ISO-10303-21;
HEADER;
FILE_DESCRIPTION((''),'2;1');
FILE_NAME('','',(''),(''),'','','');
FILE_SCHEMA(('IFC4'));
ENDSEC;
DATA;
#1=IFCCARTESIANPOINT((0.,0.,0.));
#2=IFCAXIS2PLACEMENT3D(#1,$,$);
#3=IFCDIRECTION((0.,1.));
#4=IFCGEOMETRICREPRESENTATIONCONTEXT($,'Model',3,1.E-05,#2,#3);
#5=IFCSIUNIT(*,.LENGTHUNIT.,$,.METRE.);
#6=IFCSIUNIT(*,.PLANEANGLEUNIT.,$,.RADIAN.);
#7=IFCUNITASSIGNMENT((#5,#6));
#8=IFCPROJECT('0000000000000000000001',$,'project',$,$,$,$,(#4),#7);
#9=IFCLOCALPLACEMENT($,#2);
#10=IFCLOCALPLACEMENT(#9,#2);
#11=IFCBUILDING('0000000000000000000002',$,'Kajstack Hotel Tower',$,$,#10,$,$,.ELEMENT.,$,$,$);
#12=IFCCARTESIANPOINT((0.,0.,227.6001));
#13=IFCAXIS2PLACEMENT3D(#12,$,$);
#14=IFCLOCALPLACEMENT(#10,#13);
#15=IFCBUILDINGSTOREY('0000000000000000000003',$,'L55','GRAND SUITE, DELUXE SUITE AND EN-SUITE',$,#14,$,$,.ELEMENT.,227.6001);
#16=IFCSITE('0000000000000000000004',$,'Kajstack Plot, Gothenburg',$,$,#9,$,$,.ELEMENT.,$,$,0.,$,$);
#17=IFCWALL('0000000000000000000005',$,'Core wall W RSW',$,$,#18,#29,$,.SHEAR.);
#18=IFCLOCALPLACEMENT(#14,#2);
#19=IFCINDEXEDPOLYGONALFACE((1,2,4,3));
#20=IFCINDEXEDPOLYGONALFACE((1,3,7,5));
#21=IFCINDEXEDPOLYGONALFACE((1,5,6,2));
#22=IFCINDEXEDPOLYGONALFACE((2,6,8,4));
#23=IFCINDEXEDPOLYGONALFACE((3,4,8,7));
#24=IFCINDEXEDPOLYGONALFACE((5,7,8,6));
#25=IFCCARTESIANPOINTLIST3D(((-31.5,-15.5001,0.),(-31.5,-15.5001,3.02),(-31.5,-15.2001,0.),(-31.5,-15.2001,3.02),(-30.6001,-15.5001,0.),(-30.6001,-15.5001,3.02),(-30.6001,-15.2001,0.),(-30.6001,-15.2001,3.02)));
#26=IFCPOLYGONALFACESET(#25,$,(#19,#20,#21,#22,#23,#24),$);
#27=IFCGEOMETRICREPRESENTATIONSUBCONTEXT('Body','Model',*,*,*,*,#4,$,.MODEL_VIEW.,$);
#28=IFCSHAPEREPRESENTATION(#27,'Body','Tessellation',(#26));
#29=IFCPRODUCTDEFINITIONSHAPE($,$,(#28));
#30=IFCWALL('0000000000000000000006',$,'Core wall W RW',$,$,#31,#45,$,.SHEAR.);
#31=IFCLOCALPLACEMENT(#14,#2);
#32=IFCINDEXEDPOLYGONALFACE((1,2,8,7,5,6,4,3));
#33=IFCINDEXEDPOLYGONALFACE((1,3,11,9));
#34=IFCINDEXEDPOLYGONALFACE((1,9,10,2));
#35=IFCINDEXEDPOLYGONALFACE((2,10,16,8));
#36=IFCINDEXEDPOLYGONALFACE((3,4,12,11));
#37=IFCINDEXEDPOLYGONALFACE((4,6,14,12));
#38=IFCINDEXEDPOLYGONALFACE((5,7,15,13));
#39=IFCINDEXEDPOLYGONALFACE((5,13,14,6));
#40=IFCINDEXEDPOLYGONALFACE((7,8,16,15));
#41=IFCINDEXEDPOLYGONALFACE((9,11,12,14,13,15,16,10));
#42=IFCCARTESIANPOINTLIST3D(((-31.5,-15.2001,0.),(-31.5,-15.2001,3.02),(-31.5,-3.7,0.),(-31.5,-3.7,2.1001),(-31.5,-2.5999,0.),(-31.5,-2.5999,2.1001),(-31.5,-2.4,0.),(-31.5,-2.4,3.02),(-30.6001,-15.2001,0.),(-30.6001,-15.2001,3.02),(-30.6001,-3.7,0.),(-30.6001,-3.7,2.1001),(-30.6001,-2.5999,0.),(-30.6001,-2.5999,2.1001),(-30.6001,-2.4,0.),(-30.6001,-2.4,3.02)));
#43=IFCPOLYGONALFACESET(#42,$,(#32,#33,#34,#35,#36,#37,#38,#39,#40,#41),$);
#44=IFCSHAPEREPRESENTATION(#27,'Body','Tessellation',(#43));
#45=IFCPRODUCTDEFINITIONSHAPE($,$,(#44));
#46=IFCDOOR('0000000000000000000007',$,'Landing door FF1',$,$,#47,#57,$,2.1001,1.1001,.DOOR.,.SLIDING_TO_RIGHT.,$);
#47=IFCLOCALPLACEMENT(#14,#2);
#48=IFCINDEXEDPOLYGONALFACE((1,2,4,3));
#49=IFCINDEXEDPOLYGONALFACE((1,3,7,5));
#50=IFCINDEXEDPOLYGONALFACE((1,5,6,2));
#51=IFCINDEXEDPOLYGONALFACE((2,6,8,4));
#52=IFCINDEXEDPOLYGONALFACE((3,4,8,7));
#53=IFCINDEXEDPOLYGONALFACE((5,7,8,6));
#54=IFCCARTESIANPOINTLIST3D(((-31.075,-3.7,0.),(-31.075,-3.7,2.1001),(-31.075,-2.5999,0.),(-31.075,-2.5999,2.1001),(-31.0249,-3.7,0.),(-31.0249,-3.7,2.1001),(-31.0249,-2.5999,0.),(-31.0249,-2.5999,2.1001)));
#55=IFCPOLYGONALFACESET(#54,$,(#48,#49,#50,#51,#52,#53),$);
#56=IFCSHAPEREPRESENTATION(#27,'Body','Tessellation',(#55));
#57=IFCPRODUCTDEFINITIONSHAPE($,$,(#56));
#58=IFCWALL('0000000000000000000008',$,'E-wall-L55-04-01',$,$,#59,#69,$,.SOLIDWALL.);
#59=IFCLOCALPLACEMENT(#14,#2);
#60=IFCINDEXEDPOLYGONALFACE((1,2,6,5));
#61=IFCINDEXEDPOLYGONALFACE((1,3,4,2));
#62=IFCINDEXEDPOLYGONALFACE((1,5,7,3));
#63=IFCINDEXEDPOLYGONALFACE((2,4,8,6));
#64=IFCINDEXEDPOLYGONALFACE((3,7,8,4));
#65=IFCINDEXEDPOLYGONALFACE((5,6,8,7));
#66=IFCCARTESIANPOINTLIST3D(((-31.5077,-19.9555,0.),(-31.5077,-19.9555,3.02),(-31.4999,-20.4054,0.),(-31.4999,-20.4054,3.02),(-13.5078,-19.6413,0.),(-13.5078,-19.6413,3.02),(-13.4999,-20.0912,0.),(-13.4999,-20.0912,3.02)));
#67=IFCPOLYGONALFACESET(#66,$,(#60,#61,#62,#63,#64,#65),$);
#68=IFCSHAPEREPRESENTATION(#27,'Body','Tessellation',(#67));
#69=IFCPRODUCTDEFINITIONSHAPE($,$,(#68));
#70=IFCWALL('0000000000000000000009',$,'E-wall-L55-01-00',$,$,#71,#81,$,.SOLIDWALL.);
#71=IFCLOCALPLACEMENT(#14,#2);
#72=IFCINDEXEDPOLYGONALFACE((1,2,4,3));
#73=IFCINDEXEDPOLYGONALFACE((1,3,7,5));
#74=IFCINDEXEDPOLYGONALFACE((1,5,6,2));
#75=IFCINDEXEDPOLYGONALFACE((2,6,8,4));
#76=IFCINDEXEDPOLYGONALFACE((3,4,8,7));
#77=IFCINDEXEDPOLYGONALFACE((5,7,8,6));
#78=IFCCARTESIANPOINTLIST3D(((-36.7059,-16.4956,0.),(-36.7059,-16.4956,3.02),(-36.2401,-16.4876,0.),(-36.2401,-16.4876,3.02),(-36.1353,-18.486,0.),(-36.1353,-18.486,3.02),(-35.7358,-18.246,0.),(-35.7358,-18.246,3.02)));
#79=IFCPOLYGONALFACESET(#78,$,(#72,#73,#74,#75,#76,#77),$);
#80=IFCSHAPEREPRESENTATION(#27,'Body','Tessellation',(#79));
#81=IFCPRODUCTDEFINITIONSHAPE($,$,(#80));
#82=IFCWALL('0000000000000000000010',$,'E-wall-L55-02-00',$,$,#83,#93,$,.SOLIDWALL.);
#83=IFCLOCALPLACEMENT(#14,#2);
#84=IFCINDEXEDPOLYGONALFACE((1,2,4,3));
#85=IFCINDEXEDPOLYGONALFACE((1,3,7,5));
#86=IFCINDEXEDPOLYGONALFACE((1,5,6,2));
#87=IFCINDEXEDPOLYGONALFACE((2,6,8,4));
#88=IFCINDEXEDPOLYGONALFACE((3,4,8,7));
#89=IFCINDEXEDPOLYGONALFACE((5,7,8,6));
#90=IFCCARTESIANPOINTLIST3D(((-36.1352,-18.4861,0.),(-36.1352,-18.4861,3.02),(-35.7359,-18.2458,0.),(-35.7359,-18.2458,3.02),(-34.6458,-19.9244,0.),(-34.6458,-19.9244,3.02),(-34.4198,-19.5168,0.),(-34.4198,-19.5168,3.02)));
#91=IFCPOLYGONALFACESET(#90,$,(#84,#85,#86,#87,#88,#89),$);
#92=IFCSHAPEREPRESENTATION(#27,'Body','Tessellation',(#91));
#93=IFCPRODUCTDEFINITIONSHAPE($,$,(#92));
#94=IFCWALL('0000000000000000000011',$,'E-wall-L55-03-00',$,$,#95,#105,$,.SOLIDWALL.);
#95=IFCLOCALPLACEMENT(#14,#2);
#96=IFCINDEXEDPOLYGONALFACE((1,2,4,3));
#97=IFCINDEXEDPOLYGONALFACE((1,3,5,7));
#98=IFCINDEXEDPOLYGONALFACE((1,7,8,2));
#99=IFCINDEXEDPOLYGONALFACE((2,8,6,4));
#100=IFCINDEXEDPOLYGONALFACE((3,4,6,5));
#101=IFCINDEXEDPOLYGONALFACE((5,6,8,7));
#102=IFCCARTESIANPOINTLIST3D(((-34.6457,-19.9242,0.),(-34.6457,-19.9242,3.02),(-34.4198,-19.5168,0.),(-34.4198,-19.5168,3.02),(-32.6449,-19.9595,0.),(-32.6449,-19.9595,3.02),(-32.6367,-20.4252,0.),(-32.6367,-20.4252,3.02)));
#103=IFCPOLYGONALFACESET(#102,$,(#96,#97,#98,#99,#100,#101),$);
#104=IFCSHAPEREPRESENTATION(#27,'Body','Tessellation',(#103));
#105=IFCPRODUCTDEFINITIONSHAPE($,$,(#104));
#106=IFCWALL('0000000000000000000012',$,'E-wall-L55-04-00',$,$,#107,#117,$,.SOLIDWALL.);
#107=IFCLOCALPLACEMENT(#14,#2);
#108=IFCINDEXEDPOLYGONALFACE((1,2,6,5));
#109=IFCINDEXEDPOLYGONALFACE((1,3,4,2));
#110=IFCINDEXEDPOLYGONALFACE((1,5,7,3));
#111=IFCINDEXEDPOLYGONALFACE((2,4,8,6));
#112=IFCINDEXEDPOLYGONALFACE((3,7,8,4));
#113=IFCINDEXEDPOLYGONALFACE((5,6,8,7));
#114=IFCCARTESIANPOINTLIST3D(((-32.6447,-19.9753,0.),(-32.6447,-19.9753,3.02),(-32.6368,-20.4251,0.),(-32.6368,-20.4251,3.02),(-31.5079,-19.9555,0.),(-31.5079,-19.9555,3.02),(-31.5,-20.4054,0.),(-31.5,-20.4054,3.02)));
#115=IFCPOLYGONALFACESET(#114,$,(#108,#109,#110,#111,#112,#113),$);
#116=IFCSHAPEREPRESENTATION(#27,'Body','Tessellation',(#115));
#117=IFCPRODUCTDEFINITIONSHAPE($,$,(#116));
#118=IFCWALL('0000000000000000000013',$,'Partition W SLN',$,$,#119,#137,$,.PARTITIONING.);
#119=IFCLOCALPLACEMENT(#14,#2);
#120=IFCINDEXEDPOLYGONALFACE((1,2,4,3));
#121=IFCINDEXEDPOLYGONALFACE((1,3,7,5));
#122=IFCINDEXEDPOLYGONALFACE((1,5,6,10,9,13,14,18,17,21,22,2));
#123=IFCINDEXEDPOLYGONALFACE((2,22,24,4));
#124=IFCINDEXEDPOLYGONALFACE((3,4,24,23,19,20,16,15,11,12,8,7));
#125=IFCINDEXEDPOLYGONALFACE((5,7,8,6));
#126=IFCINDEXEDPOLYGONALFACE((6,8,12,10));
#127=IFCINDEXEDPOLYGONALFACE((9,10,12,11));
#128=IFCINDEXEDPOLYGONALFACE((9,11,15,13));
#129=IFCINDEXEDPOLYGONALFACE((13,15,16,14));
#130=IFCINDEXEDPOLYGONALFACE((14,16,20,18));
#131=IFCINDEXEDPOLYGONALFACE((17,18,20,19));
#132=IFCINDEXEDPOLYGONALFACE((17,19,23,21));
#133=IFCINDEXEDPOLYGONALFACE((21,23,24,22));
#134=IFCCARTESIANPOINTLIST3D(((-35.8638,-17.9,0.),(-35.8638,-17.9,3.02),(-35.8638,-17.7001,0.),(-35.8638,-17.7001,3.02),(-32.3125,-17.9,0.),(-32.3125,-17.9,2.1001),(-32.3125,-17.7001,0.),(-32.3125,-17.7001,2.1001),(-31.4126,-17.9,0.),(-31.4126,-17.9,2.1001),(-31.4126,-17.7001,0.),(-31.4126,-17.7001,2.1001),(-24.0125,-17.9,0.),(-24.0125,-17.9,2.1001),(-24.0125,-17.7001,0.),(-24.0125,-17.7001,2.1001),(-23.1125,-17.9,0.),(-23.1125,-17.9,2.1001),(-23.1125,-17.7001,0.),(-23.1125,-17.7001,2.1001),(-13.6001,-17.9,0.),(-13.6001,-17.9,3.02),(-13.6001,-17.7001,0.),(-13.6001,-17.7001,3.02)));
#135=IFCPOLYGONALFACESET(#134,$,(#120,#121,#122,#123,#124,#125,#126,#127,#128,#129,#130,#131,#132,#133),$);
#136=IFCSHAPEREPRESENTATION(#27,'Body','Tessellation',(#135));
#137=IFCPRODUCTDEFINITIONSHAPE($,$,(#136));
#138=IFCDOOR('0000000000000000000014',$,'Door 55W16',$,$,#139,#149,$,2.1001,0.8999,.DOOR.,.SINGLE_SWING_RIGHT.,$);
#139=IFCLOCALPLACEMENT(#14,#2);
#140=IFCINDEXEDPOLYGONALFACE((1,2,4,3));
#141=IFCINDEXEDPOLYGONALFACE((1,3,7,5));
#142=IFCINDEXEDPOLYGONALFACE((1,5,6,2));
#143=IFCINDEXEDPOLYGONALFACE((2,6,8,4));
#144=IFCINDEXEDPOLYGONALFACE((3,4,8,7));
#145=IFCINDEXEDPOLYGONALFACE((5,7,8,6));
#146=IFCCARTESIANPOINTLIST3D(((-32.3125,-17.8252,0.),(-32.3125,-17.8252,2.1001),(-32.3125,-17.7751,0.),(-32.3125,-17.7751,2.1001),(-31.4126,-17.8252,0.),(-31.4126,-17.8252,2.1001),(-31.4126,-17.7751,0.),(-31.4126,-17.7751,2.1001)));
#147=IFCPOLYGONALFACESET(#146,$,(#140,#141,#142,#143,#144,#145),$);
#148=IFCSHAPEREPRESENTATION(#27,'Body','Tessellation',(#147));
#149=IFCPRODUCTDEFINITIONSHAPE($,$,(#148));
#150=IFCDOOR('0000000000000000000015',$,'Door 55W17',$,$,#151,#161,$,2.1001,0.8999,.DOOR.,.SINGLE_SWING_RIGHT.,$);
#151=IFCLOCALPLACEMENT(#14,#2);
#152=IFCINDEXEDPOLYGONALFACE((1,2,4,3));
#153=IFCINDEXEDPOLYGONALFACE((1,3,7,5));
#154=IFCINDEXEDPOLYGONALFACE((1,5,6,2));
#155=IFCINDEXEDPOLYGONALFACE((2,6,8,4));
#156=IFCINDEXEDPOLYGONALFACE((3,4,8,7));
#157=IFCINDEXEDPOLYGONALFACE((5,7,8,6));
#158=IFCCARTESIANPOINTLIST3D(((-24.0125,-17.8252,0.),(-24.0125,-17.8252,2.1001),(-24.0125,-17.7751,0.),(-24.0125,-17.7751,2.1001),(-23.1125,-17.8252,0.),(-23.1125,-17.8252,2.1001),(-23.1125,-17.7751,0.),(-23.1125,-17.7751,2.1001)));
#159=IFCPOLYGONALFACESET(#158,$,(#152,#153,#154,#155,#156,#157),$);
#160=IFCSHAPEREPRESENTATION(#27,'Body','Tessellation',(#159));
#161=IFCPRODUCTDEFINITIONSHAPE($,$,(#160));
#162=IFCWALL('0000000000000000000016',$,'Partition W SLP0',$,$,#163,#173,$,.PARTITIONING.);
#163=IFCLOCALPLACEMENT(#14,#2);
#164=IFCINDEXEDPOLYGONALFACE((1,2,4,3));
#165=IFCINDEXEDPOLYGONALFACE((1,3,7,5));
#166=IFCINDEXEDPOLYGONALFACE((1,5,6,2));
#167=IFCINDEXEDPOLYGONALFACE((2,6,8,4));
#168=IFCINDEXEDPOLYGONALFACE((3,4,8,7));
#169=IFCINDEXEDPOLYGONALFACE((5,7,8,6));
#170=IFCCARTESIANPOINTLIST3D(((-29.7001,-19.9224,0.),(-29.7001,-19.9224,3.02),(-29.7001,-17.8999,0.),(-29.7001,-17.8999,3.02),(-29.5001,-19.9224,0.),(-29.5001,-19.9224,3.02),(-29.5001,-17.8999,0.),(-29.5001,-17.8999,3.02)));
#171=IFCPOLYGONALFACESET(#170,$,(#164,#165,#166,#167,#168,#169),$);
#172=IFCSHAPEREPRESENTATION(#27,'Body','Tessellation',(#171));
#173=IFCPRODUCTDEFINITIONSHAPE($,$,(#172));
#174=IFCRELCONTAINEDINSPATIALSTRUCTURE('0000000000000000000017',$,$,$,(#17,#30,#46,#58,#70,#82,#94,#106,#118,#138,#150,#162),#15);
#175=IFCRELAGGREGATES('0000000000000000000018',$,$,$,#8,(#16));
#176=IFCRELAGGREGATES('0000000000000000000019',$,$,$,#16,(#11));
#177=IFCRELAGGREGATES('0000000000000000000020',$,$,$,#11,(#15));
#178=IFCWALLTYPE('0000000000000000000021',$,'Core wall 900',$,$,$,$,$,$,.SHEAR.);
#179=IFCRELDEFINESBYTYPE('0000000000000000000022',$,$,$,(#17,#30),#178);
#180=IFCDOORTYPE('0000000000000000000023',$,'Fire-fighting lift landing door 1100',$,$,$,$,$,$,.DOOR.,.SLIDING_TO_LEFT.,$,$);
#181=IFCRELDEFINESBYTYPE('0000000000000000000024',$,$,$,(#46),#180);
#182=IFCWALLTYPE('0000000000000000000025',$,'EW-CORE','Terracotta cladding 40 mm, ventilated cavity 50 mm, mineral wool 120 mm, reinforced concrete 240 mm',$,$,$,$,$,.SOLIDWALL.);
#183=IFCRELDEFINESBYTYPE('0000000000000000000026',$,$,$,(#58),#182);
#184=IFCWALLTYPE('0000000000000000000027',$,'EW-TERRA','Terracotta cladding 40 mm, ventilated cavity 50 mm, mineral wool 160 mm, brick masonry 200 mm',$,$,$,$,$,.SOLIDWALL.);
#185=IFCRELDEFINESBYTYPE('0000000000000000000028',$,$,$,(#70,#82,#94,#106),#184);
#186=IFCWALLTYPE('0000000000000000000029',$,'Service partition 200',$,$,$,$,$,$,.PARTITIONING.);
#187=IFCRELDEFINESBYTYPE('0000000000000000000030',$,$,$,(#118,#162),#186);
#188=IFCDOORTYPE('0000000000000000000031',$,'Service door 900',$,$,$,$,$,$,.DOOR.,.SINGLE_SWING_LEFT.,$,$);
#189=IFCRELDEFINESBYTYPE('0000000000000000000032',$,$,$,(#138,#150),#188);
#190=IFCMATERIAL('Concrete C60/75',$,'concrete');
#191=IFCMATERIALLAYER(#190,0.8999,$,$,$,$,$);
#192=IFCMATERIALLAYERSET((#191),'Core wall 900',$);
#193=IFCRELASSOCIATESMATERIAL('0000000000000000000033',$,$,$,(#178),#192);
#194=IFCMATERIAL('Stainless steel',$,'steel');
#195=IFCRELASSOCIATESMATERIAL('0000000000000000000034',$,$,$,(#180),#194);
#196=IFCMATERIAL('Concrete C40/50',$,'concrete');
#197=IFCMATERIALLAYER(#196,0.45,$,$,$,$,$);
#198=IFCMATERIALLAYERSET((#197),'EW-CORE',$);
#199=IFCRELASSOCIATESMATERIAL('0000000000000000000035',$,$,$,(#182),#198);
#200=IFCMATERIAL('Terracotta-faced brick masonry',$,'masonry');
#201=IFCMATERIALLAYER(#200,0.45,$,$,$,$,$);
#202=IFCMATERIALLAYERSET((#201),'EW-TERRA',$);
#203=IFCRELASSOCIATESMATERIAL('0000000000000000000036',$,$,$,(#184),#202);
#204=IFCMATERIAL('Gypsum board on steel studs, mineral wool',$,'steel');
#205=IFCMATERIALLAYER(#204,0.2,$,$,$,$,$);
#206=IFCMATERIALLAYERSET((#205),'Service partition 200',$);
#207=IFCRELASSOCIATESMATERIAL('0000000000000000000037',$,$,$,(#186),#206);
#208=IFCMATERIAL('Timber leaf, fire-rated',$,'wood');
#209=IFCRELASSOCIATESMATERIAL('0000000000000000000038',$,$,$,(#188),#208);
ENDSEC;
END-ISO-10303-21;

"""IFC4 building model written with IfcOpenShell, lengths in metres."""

from ifc_helpers import new_model, si_unit, direction, frame, frame_2d, origin, place, context, subcontext, project, spatial, polyline, rectangle, outline, extrude, material, layer, layer_set, type_object, element, fill, save


model = new_model("IFC4")

# Units and contexts
model_context = context("Model", 3, precision=1e-05, world=origin(), true_north=direction((0.0, 1.0)))
body_context = subcontext(model_context, "Body", "Model", "MODEL_VIEW")
ifc_project = project(units=[si_unit("LENGTHUNIT", "METRE"), si_unit("PLANEANGLEUNIT", "RADIAN")], contexts=[model_context])

# Site, building, storey
site_placement = place(None, origin())
site = spatial("IfcSite", under=ifc_project, at=site_placement, Name="Kajstack Plot, Gothenburg", CompositionType="ELEMENT", RefElevation=0.0)
building_placement = place(site_placement, origin())
building = spatial("IfcBuilding", under=site, at=building_placement, Name="Kajstack Hotel Tower", CompositionType="ELEMENT")
storey_placement = place(building_placement, frame((0.0, 0.0, 227.6001)))
storey = spatial("IfcBuildingStorey", under=building, at=storey_placement, Name="L55", Description="GRAND SUITE, DELUXE SUITE AND EN-SUITE", CompositionType="ELEMENT", Elevation=227.6001)

# Wall
ifc_material_1 = material(Name="Concrete C60/75", Category="concrete")
ifc_layer_1 = layer(ifc_material_1, 0.8999)
ifc_layer_set_1 = layer_set([ifc_layer_1], Name="Core wall 900")
wall_type_1 = type_object("IfcWallType", Name="Core wall 900", PredefinedType="SHEAR", material=ifc_layer_set_1)
wall_1_placement = place(storey_placement, frame((-31.5, -15.3501, 0.0), z_axis=(0.0, 0.0, 1.0), x_axis=(1.0, 0.0, 0.0)))
element("IfcWall", 1, at=wall_1_placement, inside=storey, type_object=wall_type_1, Name="Core wall W RSW", PredefinedType="SHEAR", context=body_context, shape_type="SweptSolid", body=[
    extrude(rectangle(XDim=0.8999, YDim=0.3, at=frame_2d((0.45, 0.0))), origin(), (0.0, 0.0, 1.0), 3.02),
])

# Wall, opening, door
wall_2_placement = place(storey_placement, frame((-31.05, -15.2, 0.0), z_axis=(0.0, 0.0, 1.0), x_axis=(0.0, 1.0, 0.0)))
wall_2 = element("IfcWall", 2, at=wall_2_placement, inside=storey, type_object=wall_type_1, Name="Core wall W RW", PredefinedType="SHEAR", context=body_context, shape_type="SweptSolid", body=[
    extrude(rectangle(XDim=12.8, YDim=0.8999, at=frame_2d((6.3999, 0.0))), origin(), (0.0, 0.0, 1.0), 3.02),
])
opening_1_placement = place(wall_2_placement, frame((11.5, 0.0, 0.0)))
opening_1 = element("IfcOpeningElement", 3, at=opening_1_placement, cuts=wall_2, PredefinedType="OPENING", context=body_context, shape_type="SweptSolid", body=[
    extrude(rectangle(XDim=1.1001, YDim=2.1001, at=frame_2d((0.55, 1.05))), frame((0.0, 0.46, 0.0), z_axis=(0.0, -1.0, 0.0), x_axis=(1.0, 0.0, 0.0)), (0.0, 0.0, 1.0), 0.9199),
])
ifc_material_2 = material(Name="Stainless steel", Category="steel")
door_type_1 = type_object("IfcDoorType", Name="Fire-fighting lift landing door 1100", OperationType="SLIDING_TO_LEFT", PredefinedType="DOOR", material=ifc_material_2)
door_1_placement = place(opening_1_placement, origin())
door_1 = element("IfcDoor", 4, at=door_1_placement, inside=storey, type_object=door_type_1, Name="Landing door FF1", OperationType="SLIDING_TO_RIGHT", OverallHeight=2.1001, OverallWidth=1.1001, PredefinedType="DOOR", context=body_context, shape_type="SweptSolid", body=[
    extrude(rectangle(XDim=1.1001, YDim=2.1001, at=frame_2d((0.55, 1.05))), frame((0.0, 0.0249, 0.0), z_axis=(0.0, -1.0, 0.0), x_axis=(1.0, 0.0, 0.0)), (0.0, 0.0, 1.0), 0.05),
])
fill(opening_1, door_1)

# Walls
ifc_material_3 = material(Name="Concrete C40/50", Category="concrete")
ifc_layer_2 = layer(ifc_material_3, 0.45)
ifc_layer_set_2 = layer_set([ifc_layer_2], Name="EW-CORE")
wall_type_2 = type_object("IfcWallType", Name="EW-CORE", Description="Terracotta cladding 40 mm, ventilated cavity 50 mm, mineral wool 120 mm, reinforced concrete 240 mm", PredefinedType="SOLIDWALL", material=ifc_layer_set_2)
wall_3_placement = place(storey_placement, frame((-31.5039, -20.1804, 0.0), z_axis=(0.0, 0.0, 1.0), x_axis=(0.999848, 0.017453, 0.0)))
element("IfcWall", 5, at=wall_3_placement, inside=storey, type_object=wall_type_2, Name="E-wall-L55-04-01", PredefinedType="SOLIDWALL", context=body_context, shape_type="SweptSolid", body=[
    extrude(rectangle(XDim=18.0027, YDim=0.45, at=frame_2d((9.0015, 0.0))), origin(), (0.0, 0.0, 1.0), 3.02),
])
ifc_material_4 = material(Name="Terracotta-faced brick masonry", Category="masonry")
ifc_layer_3 = layer(ifc_material_4, 0.45)
ifc_layer_set_3 = layer_set([ifc_layer_3], Name="EW-TERRA")
wall_type_3 = type_object("IfcWallType", Name="EW-TERRA", Description="Terracotta cladding 40 mm, ventilated cavity 50 mm, mineral wool 160 mm, brick masonry 200 mm", PredefinedType="SOLIDWALL", material=ifc_layer_set_3)
wall_4_placement = place(storey_placement, frame((-36.4895, -16.4336, 0.0), z_axis=(0.0, 0.0, 1.0), x_axis=(0.275578, -0.961279, 0.0)))
element("IfcWall", 6, at=wall_4_placement, inside=storey, type_object=wall_type_3, Name="E-wall-L55-01-00", PredefinedType="SOLIDWALL", context=body_context, shape_type="SweptSolid", body=[
    extrude(outline(polyline([(0.0, -0.2251), (2.0706, -0.2251), (1.95, 0.2251), (0.1206, 0.2249), (0.0, -0.2251)])), origin(), (0.0, 0.0, 1.0), 3.02),
])
wall_5_placement = place(storey_placement, frame((-35.979, -18.324, 0.0), z_axis=(0.0, 0.0, 1.0), x_axis=(0.71932, -0.694679, 0.0)))
element("IfcWall", 7, at=wall_5_placement, inside=storey, type_object=wall_type_3, Name="E-wall-L55-02-00", PredefinedType="SOLIDWALL", context=body_context, shape_type="SweptSolid", body=[
    extrude(outline(polyline([(0.0002, -0.2251), (2.0708, -0.2251), (1.9502, 0.2251), (0.1206, 0.2251), (0.0002, -0.2251)])), origin(), (0.0, 0.0, 1.0), 3.02),
])
wall_6_placement = place(storey_placement, frame((-34.5913, -19.7061, 0.0), z_axis=(0.0, 0.0, 1.0), x_axis=(0.970316, -0.241842, 0.0)))
element("IfcWall", 8, at=wall_6_placement, inside=storey, type_object=wall_type_3, Name="E-wall-L55-03-00", PredefinedType="SOLIDWALL", context=body_context, shape_type="SweptSolid", body=[
    extrude(outline(polyline([(0.0, -0.2249), (2.0706, -0.2251), (1.95, 0.2249), (0.1206, 0.2251), (0.0, -0.2249)])), origin(), (0.0, 0.0, 1.0), 3.02),
])
wall_7_placement = place(storey_placement, frame((-32.6406, -20.2002, 0.0), z_axis=(0.0, 0.0, 1.0), x_axis=(0.999849, 0.017394, 0.0)))
element("IfcWall", 9, at=wall_7_placement, inside=storey, type_object=wall_type_3, Name="E-wall-L55-04-00", PredefinedType="SOLIDWALL", context=body_context, shape_type="SweptSolid", body=[
    extrude(rectangle(XDim=1.137, YDim=0.45, at=frame_2d((0.5684, 0.0))), origin(), (0.0, 0.0, 1.0), 3.02),
])

# Wall, openings, doors
ifc_material_5 = material(Name="Gypsum board on steel studs, mineral wool", Category="steel")
ifc_layer_4 = layer(ifc_material_5, 0.2)
ifc_layer_set_4 = layer_set([ifc_layer_4], Name="Service partition 200")
wall_type_4 = type_object("IfcWallType", Name="Service partition 200", PredefinedType="PARTITIONING", material=ifc_layer_set_4)
wall_8_placement = place(storey_placement, frame((-35.8638, -17.8, 0.0), z_axis=(0.0, 0.0, 1.0), x_axis=(1.0, 0.0, 0.0)))
wall_8 = element("IfcWall", 10, at=wall_8_placement, inside=storey, type_object=wall_type_4, Name="Partition W SLN", PredefinedType="PARTITIONING", context=body_context, shape_type="SweptSolid", body=[
    extrude(rectangle(XDim=22.2637, YDim=0.2, at=frame_2d((11.1318, 0.0))), origin(), (0.0, 0.0, 1.0), 3.02),
])
opening_2_placement = place(wall_8_placement, frame((3.5513, 0.0, 0.0)))
opening_2 = element("IfcOpeningElement", 11, at=opening_2_placement, cuts=wall_8, PredefinedType="OPENING", context=body_context, shape_type="SweptSolid", body=[
    extrude(rectangle(XDim=0.8999, YDim=2.1001, at=frame_2d((0.45, 1.05))), frame((0.0, 0.1099, 0.0), z_axis=(0.0, -1.0, 0.0), x_axis=(1.0, 0.0, 0.0)), (0.0, 0.0, 1.0), 0.22),
])
opening_3_placement = place(wall_8_placement, frame((11.8513, 0.0, 0.0)))
opening_3 = element("IfcOpeningElement", 12, at=opening_3_placement, cuts=wall_8, PredefinedType="OPENING", context=body_context, shape_type="SweptSolid", body=[
    extrude(rectangle(XDim=0.8999, YDim=2.1001, at=frame_2d((0.45, 1.05))), frame((0.0, 0.1099, 0.0), z_axis=(0.0, -1.0, 0.0), x_axis=(1.0, 0.0, 0.0)), (0.0, 0.0, 1.0), 0.22),
])
ifc_material_6 = material(Name="Timber leaf, fire-rated", Category="wood")
door_type_2 = type_object("IfcDoorType", Name="Service door 900", OperationType="SINGLE_SWING_LEFT", PredefinedType="DOOR", material=ifc_material_6)
door_2_placement = place(opening_2_placement, origin())
door_2 = element("IfcDoor", 13, at=door_2_placement, inside=storey, type_object=door_type_2, Name="Door 55W16", OperationType="SINGLE_SWING_RIGHT", OverallHeight=2.1001, OverallWidth=0.8999, PredefinedType="DOOR", context=body_context, shape_type="SweptSolid", body=[
    extrude(rectangle(XDim=0.8999, YDim=2.1001, at=frame_2d((0.45, 1.05))), frame((0.0, 0.0249, 0.0), z_axis=(0.0, -1.0, 0.0), x_axis=(1.0, 0.0, 0.0)), (0.0, 0.0, 1.0), 0.05),
])
fill(opening_2, door_2)
door_3_placement = place(opening_3_placement, origin())
door_3 = element("IfcDoor", 14, at=door_3_placement, inside=storey, type_object=door_type_2, Name="Door 55W17", OperationType="SINGLE_SWING_RIGHT", OverallHeight=2.1001, OverallWidth=0.8999, PredefinedType="DOOR", context=body_context, shape_type="SweptSolid", body=[
    extrude(rectangle(XDim=0.8999, YDim=2.1001, at=frame_2d((0.45, 1.05))), frame((0.0, 0.0249, 0.0), z_axis=(0.0, -1.0, 0.0), x_axis=(1.0, 0.0, 0.0)), (0.0, 0.0, 1.0), 0.05),
])
fill(opening_3, door_3)

# Wall
wall_9_placement = place(storey_placement, frame((-29.6001, -19.9224, 0.0), z_axis=(0.0, 0.0, 1.0), x_axis=(0.0, 1.0, 0.0)))
element("IfcWall", 15, at=wall_9_placement, inside=storey, type_object=wall_type_4, Name="Partition W SLP0", PredefinedType="PARTITIONING", context=body_context, shape_type="SweptSolid", body=[
    extrude(rectangle(XDim=2.0225, YDim=0.2, at=frame_2d((1.0112, 0.0))), origin(), (0.0, 0.0, 1.0), 3.02),
])

save(model, "model.ifc")
